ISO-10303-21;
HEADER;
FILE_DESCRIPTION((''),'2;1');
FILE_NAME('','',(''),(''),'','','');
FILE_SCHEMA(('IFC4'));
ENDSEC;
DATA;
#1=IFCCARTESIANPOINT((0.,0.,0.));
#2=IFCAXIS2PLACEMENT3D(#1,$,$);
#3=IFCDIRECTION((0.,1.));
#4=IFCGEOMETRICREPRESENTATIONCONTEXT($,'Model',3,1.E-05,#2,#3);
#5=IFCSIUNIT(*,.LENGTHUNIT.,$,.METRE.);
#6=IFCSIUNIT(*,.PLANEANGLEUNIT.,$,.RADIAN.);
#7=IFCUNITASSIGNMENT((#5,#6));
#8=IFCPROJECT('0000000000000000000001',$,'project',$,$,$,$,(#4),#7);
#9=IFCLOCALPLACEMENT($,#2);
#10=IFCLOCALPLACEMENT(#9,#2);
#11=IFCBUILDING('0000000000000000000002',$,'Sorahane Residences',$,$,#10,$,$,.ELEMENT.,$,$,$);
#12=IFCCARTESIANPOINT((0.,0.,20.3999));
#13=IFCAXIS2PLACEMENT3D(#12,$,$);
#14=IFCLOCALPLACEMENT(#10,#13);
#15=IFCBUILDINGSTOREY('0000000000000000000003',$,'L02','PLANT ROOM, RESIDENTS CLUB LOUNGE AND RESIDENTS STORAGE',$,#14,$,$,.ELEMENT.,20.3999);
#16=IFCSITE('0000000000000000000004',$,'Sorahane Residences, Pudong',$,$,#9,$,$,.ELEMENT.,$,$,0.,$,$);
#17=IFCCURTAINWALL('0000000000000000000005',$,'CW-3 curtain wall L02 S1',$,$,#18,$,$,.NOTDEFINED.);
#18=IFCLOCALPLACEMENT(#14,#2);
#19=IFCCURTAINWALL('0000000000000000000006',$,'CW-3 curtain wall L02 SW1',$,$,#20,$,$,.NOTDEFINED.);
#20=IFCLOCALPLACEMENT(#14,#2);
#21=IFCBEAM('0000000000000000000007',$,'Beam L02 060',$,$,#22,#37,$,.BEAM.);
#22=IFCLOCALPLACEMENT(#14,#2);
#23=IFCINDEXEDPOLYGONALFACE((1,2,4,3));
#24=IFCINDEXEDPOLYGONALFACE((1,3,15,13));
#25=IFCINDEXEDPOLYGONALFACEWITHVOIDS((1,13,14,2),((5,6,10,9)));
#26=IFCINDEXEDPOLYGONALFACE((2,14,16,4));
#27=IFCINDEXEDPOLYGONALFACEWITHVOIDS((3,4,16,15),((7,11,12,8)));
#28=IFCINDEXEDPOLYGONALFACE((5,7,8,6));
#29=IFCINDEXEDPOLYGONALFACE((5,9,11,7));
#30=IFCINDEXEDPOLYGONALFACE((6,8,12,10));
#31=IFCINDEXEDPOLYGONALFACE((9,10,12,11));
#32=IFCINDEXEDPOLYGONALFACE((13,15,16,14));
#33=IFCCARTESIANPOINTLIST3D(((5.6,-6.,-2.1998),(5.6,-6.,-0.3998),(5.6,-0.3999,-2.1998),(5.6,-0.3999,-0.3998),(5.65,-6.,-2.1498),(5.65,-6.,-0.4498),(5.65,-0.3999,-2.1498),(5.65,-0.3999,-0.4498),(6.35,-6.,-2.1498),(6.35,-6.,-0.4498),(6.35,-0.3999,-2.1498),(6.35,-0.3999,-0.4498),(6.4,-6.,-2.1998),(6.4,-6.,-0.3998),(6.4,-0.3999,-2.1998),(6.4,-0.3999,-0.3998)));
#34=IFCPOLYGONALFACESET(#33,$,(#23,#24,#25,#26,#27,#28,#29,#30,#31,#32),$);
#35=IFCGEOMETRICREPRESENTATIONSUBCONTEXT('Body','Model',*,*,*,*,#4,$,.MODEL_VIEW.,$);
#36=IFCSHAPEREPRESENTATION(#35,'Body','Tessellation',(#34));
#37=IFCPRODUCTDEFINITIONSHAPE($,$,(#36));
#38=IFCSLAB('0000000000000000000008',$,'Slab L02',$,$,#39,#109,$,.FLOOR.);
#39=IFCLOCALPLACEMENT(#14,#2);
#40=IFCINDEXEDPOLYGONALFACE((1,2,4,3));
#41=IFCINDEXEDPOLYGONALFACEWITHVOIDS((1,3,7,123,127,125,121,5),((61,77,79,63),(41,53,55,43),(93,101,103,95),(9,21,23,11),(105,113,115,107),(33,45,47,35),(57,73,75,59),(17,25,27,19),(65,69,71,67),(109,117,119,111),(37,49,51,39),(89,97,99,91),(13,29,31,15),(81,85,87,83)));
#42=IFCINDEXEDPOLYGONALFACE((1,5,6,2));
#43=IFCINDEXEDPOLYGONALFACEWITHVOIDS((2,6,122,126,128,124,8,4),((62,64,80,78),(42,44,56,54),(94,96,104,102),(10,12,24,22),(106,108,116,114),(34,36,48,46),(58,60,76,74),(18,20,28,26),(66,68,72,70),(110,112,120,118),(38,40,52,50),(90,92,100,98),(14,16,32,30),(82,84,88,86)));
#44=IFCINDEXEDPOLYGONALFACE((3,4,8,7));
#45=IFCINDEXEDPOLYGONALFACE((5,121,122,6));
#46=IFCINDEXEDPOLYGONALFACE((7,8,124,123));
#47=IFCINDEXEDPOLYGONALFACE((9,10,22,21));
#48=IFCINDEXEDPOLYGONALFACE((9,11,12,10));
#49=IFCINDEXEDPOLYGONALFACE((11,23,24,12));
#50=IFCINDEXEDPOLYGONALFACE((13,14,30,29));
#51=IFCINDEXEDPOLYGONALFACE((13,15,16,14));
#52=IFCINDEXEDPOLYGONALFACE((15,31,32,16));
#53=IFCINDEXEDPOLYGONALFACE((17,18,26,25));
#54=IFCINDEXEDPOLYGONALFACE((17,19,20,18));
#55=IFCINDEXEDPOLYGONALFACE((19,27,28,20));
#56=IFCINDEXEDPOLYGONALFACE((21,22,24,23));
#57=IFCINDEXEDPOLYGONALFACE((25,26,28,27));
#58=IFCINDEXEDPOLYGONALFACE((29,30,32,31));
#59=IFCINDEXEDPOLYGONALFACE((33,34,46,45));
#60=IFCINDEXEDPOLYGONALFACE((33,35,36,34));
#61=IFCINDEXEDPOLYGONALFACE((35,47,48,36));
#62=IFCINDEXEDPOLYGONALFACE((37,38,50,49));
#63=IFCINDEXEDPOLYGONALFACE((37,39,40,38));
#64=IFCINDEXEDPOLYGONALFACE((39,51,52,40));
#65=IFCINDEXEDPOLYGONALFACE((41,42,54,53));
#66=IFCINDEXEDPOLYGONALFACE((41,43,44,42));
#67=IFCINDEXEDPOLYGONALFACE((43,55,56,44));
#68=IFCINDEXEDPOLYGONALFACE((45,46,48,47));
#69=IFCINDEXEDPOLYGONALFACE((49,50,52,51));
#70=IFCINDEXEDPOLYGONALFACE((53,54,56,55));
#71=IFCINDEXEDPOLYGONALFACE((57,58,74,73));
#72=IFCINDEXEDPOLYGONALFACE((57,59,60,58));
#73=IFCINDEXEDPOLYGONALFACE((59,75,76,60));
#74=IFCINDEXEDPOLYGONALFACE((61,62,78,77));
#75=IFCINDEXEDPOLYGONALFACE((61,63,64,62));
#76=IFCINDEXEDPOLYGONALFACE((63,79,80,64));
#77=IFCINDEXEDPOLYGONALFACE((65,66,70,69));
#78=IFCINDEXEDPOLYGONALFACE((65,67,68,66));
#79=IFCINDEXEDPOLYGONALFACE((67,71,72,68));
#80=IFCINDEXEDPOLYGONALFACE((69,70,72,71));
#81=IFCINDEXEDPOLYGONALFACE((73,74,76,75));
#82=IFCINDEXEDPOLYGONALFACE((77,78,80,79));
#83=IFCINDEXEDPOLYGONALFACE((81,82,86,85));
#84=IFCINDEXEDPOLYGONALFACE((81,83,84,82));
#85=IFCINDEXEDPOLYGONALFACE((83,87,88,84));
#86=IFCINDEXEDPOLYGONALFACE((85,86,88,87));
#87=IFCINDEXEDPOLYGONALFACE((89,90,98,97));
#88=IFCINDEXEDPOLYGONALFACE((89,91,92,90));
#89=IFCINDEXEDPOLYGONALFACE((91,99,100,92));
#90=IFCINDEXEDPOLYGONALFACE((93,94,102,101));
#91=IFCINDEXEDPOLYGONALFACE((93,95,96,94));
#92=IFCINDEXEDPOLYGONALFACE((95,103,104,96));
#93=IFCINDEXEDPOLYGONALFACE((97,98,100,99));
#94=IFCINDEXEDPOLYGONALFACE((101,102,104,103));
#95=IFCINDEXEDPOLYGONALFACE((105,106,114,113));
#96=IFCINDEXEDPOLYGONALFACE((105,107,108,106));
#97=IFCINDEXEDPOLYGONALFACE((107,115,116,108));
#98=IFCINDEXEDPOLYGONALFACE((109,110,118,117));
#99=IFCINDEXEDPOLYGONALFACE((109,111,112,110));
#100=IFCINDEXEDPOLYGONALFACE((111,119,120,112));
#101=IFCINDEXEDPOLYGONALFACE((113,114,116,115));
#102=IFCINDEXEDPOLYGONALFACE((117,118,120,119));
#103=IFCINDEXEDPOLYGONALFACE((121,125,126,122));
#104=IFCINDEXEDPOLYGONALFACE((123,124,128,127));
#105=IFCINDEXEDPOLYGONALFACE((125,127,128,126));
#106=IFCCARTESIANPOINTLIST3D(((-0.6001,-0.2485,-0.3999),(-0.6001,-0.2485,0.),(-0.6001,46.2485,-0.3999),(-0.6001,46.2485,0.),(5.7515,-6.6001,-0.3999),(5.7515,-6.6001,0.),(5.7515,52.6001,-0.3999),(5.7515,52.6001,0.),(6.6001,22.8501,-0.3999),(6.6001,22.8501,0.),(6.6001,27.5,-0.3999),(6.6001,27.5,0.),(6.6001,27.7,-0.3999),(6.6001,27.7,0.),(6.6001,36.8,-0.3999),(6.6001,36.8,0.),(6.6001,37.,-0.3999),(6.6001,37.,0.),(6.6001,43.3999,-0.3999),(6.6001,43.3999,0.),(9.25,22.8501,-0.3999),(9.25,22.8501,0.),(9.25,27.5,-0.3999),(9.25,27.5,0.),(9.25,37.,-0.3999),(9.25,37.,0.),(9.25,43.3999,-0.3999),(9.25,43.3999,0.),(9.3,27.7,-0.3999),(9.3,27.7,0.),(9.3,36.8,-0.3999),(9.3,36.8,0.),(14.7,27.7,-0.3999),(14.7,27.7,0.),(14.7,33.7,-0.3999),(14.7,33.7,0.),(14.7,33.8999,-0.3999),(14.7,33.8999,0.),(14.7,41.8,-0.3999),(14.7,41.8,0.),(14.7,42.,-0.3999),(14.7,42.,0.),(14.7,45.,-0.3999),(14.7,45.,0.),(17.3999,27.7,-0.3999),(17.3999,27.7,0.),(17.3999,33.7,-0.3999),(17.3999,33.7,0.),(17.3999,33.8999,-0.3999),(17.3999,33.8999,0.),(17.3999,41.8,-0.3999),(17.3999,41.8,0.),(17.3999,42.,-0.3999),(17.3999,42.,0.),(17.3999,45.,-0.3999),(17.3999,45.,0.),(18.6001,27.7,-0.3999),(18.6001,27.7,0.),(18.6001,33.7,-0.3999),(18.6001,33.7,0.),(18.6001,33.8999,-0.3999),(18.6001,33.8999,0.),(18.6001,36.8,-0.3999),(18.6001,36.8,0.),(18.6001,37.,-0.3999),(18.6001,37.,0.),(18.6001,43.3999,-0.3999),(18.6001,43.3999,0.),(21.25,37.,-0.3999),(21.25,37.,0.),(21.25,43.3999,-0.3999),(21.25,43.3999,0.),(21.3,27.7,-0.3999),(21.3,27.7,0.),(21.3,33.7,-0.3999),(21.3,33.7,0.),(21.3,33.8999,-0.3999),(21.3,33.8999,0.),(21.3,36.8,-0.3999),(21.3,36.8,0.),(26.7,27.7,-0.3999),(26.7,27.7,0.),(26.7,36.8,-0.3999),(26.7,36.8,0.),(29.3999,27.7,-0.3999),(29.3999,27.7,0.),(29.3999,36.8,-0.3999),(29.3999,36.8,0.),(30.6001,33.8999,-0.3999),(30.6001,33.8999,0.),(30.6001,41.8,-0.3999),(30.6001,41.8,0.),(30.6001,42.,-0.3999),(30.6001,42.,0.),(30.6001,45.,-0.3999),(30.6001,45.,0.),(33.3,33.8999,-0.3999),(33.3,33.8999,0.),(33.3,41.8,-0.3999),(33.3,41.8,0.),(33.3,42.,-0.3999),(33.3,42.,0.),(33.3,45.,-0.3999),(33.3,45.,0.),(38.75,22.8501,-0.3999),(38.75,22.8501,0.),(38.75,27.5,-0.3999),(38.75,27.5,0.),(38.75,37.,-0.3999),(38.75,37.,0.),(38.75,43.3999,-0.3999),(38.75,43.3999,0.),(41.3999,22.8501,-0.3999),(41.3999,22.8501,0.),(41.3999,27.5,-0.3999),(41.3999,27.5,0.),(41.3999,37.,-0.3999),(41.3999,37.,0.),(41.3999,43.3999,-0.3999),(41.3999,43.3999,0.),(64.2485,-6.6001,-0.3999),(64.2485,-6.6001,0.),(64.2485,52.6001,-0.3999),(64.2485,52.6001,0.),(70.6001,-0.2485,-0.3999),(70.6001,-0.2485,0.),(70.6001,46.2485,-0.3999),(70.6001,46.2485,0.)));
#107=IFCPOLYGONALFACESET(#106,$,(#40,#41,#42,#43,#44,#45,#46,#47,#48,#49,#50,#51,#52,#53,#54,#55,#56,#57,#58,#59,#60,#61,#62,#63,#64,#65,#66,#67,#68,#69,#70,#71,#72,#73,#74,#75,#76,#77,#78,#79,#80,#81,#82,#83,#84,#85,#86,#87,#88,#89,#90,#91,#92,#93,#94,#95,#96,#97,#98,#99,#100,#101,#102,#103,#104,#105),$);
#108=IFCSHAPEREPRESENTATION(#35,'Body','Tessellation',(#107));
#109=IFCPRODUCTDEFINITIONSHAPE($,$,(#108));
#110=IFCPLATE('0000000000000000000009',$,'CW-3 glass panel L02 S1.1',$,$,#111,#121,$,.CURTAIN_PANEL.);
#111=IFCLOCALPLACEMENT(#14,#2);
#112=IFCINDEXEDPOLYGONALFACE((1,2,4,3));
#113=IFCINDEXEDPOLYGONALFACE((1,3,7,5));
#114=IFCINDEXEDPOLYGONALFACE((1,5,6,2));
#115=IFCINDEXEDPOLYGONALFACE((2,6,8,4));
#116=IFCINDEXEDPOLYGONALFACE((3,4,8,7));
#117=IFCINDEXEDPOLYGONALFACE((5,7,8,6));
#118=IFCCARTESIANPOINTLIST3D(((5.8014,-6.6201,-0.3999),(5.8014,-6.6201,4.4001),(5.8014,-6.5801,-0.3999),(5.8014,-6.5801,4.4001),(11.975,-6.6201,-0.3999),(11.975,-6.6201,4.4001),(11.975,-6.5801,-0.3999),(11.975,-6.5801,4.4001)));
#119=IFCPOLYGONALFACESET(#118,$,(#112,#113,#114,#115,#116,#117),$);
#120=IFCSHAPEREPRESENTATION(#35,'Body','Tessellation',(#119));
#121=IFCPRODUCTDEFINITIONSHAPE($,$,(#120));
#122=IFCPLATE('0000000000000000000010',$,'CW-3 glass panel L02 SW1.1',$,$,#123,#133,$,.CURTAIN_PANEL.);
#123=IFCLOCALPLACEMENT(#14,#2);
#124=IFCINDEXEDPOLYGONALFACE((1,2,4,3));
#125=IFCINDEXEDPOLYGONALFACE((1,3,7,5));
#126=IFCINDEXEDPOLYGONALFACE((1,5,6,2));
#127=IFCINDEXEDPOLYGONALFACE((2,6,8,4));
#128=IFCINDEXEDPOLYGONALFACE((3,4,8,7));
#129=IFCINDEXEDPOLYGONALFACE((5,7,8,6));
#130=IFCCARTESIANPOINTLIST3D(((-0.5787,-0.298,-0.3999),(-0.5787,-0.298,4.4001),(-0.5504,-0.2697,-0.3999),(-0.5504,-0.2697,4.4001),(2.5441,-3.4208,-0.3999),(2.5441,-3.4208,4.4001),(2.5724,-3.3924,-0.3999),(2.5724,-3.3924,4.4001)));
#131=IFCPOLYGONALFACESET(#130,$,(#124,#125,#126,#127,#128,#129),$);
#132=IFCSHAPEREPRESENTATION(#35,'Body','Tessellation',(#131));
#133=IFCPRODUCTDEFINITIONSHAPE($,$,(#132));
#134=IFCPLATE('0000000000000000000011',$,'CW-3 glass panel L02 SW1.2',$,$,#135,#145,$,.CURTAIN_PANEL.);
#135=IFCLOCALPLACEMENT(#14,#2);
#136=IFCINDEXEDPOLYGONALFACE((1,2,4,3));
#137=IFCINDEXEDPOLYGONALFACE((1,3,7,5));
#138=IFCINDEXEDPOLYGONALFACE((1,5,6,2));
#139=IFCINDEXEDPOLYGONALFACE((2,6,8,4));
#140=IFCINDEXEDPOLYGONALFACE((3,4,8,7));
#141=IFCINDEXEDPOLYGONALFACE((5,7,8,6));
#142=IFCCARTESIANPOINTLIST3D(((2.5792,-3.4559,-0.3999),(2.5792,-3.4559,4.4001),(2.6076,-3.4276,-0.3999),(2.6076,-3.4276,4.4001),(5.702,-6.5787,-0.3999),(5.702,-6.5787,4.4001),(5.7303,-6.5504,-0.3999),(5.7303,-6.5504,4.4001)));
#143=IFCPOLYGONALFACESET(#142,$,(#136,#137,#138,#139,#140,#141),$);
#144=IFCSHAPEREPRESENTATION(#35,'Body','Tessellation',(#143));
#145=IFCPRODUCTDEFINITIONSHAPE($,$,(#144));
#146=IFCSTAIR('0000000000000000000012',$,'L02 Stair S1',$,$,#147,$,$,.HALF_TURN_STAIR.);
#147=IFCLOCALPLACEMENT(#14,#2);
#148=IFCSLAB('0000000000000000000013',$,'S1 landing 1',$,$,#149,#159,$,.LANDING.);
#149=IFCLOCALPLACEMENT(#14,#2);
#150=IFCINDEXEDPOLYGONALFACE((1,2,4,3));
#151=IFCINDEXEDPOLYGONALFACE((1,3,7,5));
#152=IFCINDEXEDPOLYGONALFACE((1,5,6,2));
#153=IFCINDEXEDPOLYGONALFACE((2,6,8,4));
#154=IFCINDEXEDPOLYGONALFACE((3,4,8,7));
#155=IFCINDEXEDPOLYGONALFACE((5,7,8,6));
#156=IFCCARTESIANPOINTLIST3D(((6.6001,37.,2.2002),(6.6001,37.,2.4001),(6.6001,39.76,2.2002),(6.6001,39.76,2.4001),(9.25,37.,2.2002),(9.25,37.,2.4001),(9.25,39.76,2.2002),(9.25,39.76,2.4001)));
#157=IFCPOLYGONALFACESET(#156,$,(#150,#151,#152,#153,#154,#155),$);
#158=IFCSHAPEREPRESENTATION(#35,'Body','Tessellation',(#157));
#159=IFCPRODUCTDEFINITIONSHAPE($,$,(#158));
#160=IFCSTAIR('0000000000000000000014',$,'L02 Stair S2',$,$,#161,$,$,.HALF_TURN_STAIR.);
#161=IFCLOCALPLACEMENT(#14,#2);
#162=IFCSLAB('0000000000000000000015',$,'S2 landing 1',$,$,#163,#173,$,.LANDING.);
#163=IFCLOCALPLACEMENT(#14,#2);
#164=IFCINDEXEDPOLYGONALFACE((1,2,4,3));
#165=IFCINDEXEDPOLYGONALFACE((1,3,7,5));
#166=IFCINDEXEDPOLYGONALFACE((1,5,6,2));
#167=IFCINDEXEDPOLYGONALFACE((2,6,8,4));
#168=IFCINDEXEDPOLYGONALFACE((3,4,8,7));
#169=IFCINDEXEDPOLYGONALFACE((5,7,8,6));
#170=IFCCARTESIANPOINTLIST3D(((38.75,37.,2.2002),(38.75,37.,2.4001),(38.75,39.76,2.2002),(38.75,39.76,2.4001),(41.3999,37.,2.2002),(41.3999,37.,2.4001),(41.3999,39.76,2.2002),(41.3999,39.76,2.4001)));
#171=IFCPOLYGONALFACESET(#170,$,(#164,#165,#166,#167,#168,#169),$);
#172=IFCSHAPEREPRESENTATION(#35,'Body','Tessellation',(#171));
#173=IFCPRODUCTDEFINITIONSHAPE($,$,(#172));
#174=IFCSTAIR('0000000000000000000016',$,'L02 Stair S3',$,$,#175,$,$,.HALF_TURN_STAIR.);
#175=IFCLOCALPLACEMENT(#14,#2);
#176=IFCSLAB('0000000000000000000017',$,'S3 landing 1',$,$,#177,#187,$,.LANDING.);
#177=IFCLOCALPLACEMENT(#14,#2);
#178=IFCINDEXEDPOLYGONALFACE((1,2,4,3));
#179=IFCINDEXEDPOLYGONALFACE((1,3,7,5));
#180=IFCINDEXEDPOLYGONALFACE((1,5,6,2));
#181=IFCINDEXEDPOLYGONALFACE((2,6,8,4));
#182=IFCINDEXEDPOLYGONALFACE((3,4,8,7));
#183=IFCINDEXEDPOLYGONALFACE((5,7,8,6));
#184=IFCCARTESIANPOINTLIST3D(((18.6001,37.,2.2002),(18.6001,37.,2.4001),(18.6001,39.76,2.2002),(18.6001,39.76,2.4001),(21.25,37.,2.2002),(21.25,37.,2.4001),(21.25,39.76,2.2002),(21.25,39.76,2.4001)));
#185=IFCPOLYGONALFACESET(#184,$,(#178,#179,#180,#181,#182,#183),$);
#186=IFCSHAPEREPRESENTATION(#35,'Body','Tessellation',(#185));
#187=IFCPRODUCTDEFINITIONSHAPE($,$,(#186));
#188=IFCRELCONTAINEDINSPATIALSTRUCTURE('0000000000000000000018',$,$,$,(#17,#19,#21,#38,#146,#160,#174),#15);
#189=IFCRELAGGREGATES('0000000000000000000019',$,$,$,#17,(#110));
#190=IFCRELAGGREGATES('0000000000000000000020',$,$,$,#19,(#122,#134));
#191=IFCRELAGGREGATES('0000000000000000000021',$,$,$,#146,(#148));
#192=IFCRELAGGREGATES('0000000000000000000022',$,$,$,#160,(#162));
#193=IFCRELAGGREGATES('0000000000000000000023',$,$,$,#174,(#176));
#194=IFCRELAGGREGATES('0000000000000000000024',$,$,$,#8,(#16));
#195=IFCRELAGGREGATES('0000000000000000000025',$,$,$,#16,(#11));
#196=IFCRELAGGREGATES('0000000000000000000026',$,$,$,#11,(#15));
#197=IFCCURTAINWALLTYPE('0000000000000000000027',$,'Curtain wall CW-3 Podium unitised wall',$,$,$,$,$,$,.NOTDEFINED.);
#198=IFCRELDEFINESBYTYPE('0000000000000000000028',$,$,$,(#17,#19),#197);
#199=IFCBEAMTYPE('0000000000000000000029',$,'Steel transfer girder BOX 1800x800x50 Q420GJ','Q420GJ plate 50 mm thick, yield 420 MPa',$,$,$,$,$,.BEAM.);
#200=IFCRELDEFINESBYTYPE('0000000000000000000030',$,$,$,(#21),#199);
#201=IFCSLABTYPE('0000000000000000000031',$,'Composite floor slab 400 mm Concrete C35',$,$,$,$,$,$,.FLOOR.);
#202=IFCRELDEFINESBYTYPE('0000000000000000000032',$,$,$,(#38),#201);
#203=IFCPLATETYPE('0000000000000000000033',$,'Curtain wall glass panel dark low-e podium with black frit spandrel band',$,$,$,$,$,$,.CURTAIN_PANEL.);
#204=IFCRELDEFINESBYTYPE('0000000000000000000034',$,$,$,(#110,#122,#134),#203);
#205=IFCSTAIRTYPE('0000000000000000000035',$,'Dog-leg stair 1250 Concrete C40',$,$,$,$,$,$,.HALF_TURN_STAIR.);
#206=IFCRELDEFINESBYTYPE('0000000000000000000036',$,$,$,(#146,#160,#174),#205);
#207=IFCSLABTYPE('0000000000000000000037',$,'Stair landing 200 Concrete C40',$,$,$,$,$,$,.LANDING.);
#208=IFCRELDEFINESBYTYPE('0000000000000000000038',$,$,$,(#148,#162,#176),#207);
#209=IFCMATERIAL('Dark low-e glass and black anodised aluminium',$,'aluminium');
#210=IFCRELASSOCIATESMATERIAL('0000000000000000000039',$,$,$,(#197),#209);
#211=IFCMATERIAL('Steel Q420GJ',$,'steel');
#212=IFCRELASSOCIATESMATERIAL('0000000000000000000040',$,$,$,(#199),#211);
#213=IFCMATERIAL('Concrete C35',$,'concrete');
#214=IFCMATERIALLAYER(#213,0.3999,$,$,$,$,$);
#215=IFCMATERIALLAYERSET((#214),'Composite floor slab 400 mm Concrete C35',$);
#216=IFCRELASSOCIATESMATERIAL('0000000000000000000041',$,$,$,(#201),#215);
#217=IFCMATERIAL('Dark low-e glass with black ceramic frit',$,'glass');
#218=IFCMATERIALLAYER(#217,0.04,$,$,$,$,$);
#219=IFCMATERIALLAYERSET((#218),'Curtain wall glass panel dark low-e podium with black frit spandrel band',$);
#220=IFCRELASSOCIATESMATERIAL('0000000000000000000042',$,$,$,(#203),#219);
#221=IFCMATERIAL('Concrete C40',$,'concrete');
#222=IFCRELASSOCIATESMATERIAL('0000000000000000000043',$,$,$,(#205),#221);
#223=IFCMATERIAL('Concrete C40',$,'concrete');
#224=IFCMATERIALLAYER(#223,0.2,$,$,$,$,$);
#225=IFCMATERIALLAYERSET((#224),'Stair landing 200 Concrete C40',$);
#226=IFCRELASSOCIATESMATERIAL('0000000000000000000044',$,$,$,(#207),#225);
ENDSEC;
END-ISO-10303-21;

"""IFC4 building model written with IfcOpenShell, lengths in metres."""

from ifc_helpers import new_model, si_unit, direction, frame, origin, origin_2d, place, context, subcontext, project, spatial, polyline, rectangle, hollow_rectangle, outline, extrude, material, layer, layer_set, material_profile, profile_set, type_object, element, aggregate, save


model = new_model("IFC4")

# Units and contexts
model_context = context("Model", 3, precision=1e-05, world=origin(), true_north=direction((0.0, 1.0)))
body_context = subcontext(model_context, "Body", "Model", "MODEL_VIEW")
ifc_project = project(units=[si_unit("LENGTHUNIT", "METRE"), si_unit("PLANEANGLEUNIT", "RADIAN")], contexts=[model_context])

# Site, building, storey
site_placement = place(None, origin())
site = spatial("IfcSite", under=ifc_project, at=site_placement, Name="Sorahane Residences, Pudong", CompositionType="ELEMENT", RefElevation=0.0)
building_placement = place(site_placement, origin())
building = spatial("IfcBuilding", under=site, at=building_placement, Name="Sorahane Residences", CompositionType="ELEMENT")
storey_placement = place(building_placement, frame((0.0, 0.0, 20.3999)))
storey = spatial("IfcBuildingStorey", under=building, at=storey_placement, Name="L02", Description="PLANT ROOM, RESIDENTS CLUB LOUNGE AND RESIDENTS STORAGE", CompositionType="ELEMENT", Elevation=20.3999)

# Curtain wall
ifc_material_1 = material(Name="Dark low-e glass and black anodised aluminium", Category="aluminium")
curtain_wall_type = type_object("IfcCurtainWallType", Name="Curtain wall CW-3 Podium unitised wall", PredefinedType="NOTDEFINED", material=ifc_material_1)
curtain_wall_1_placement = place(storey_placement, origin())
curtain_wall_1 = element("IfcCurtainWall", 1, at=curtain_wall_1_placement, inside=storey, type_object=curtain_wall_type, Name="CW-3 curtain wall L02 S1", PredefinedType="NOTDEFINED")

# Curtain wall
curtain_wall_2_placement = place(storey_placement, origin())
curtain_wall_2 = element("IfcCurtainWall", 2, at=curtain_wall_2_placement, inside=storey, type_object=curtain_wall_type, Name="CW-3 curtain wall L02 SW1", PredefinedType="NOTDEFINED")

# Beam
ifc_material_2 = material(Name="Steel Q420GJ", Category="steel")
ifc_material_profile_1 = material_profile(ifc_material_2, hollow_rectangle(XDim=0.8, YDim=1.8, WallThickness=0.05, at=origin_2d()), Name="BOX 1800x800x50")
ifc_profile_set_1 = profile_set([ifc_material_profile_1], Name="Steel Q420GJ")
beam_type = type_object("IfcBeamType", Name="Steel transfer girder BOX 1800x800x50 Q420GJ", Description="Q420GJ plate 50 mm thick, yield 420 MPa", PredefinedType="BEAM", material=ifc_profile_set_1)
beam_1_placement = place(storey_placement, frame((6.0, -6.0, -1.2998), z_axis=(0.0, 1.0, 0.0), x_axis=(-1.0, 0.0, 0.0)))
element("IfcBeam", 3, at=beam_1_placement, inside=storey, type_object=beam_type, Name="Beam L02 060", PredefinedType="BEAM", context=body_context, shape_type="SweptSolid", body=[
    extrude(hollow_rectangle(XDim=0.8, YDim=1.8, WallThickness=0.05, at=origin_2d()), origin(), (0.0, 0.0, 1.0), 5.6001),
])

# Slab
ifc_material_3 = material(Name="Concrete C35", Category="concrete")
ifc_layer_1 = layer(ifc_material_3, 0.3999)
ifc_layer_set_1 = layer_set([ifc_layer_1], Name="Composite floor slab 400 mm Concrete C35")
slab_type_1 = type_object("IfcSlabType", Name="Composite floor slab 400 mm Concrete C35", PredefinedType="FLOOR", material=ifc_layer_set_1)
slab_1_placement = place(storey_placement, frame((0.0, 0.0, -0.3999)))
element("IfcSlab", 4, at=slab_1_placement, inside=storey, type_object=slab_type_1, Name="Slab L02", PredefinedType="FLOOR", context=body_context, shape_type="SweptSolid", body=[
    extrude(outline(polyline([(5.7515, -6.6001), (-0.6001, -0.2485), (-0.6001, 46.2485), (5.7515, 52.6001), (64.2485, 52.6001), (70.6001, 46.2485), (70.6001, -0.2485), (64.2485, -6.6001), (5.7515, -6.6001)]), holes=[polyline([(18.6001, 27.7), (21.3, 27.7), (21.3, 33.7), (18.6001, 33.7), (18.6001, 27.7)]), polyline([(30.6001, 42.0), (33.3, 42.0), (33.3, 45.0), (30.6001, 45.0), (30.6001, 42.0)]), polyline([(14.7, 27.7), (17.3999, 27.7), (17.3999, 33.7), (14.7, 33.7), (14.7, 27.7)]), polyline([(14.7, 42.0), (17.3999, 42.0), (17.3999, 45.0), (14.7, 45.0), (14.7, 42.0)]), polyline([(6.6001, 27.7), (9.3, 27.7), (9.3, 36.8), (6.6001, 36.8), (6.6001, 27.7)]), polyline([(6.6001, 43.3999), (6.6001, 37.0), (9.25, 37.0), (9.25, 43.3999), (6.6001, 43.3999)]), polyline([(38.75, 43.3999), (38.75, 37.0), (41.3999, 37.0), (41.3999, 43.3999), (38.75, 43.3999)]), polyline([(18.6001, 43.3999), (18.6001, 37.0), (21.25, 37.0), (21.25, 43.3999), (18.6001, 43.3999)]), polyline([(9.25, 22.8501), (9.25, 27.5), (6.6001, 27.5), (6.6001, 22.8501), (9.25, 22.8501)]), polyline([(41.3999, 22.8501), (41.3999, 27.5), (38.75, 27.5), (38.75, 22.8501), (41.3999, 22.8501)]), polyline([(14.7, 33.8999), (17.3999, 33.8999), (17.3999, 41.8), (14.7, 41.8), (14.7, 33.8999)]), polyline([(30.6001, 33.8999), (33.3, 33.8999), (33.3, 41.8), (30.6001, 41.8), (30.6001, 33.8999)]), polyline([(18.6001, 33.8999), (21.3, 33.8999), (21.3, 36.8), (18.6001, 36.8), (18.6001, 33.8999)]), polyline([(26.7, 27.7), (29.3999, 27.7), (29.3999, 36.8), (26.7, 36.8), (26.7, 27.7)])]), origin(), (0.0, 0.0, 1.0), 0.3999),
])

# Plates
ifc_material_4 = material(Name="Dark low-e glass with black ceramic frit", Category="glass")
ifc_layer_2 = layer(ifc_material_4, 0.04)
ifc_layer_set_2 = layer_set([ifc_layer_2], Name="Curtain wall glass panel dark low-e podium with black frit spandrel band")
plate_type = type_object("IfcPlateType", Name="Curtain wall glass panel dark low-e podium with black frit spandrel band", PredefinedType="CURTAIN_PANEL", material=ifc_layer_set_2)
plate_1_placement = place(storey_placement, frame((8.8882, -6.6001, -0.3999), z_axis=(0.0, 0.0, 1.0), x_axis=(1.0, 0.0, 0.0)))
plate_1 = element("IfcPlate", 5, at=plate_1_placement, type_object=plate_type, Name="CW-3 glass panel L02 S1.1", PredefinedType="CURTAIN_PANEL", context=body_context, shape_type="SweptSolid", body=[
    extrude(rectangle(XDim=6.1736, YDim=0.04, at=origin_2d()), origin(), (0.0, 0.0, 1.0), 4.8),
])
aggregate(curtain_wall_1, [plate_1])
plate_2_placement = place(storey_placement, frame((0.9968, -1.8452, -0.3999), z_axis=(0.0, 0.0, 1.0), x_axis=(0.707107, -0.707107, 0.0)))
plate_2 = element("IfcPlate", 6, at=plate_2_placement, type_object=plate_type, Name="CW-3 glass panel L02 SW1.1", PredefinedType="CURTAIN_PANEL", context=body_context, shape_type="SweptSolid", body=[
    extrude(rectangle(XDim=4.4163, YDim=0.04, at=origin_2d()), origin(), (0.0, 0.0, 1.0), 4.8),
])
plate_3_placement = place(storey_placement, frame((4.1548, -5.0032, -0.3999), z_axis=(0.0, 0.0, 1.0), x_axis=(0.707107, -0.707107, 0.0)))
plate_3 = element("IfcPlate", 7, at=plate_3_placement, type_object=plate_type, Name="CW-3 glass panel L02 SW1.2", PredefinedType="CURTAIN_PANEL", context=body_context, shape_type="SweptSolid", body=[
    extrude(rectangle(XDim=4.4163, YDim=0.04, at=origin_2d()), origin(), (0.0, 0.0, 1.0), 4.8),
])
aggregate(curtain_wall_2, [plate_2, plate_3])

# Stairs, slabs
ifc_material_5 = material(Name="Concrete C40", Category="concrete")
stair_type = type_object("IfcStairType", Name="Dog-leg stair 1250 Concrete C40", PredefinedType="HALF_TURN_STAIR", material=ifc_material_5)
stair_1_placement = place(storey_placement, origin())
stair_1 = element("IfcStair", 8, at=stair_1_placement, inside=storey, type_object=stair_type, Name="L02 Stair S1", PredefinedType="HALF_TURN_STAIR")
ifc_material_6 = material(Name="Concrete C40", Category="concrete")
ifc_layer_3 = layer(ifc_material_6, 0.2)
ifc_layer_set_3 = layer_set([ifc_layer_3], Name="Stair landing 200 Concrete C40")
slab_type_2 = type_object("IfcSlabType", Name="Stair landing 200 Concrete C40", PredefinedType="LANDING", material=ifc_layer_set_3)
slab_2_placement = place(storey_placement, frame((0.0, 0.0, 2.2002)))
slab_2 = element("IfcSlab", 9, at=slab_2_placement, type_object=slab_type_2, Name="S1 landing 1", PredefinedType="LANDING", context=body_context, shape_type="SweptSolid", body=[
    extrude(outline(polyline([(6.6001, 39.76), (6.6001, 37.0), (9.25, 37.0), (9.25, 39.76), (6.6001, 39.76)])), origin(), (0.0, 0.0, 1.0), 0.2),
])
aggregate(stair_1, [slab_2])
stair_2_placement = place(storey_placement, origin())
stair_2 = element("IfcStair", 10, at=stair_2_placement, inside=storey, type_object=stair_type, Name="L02 Stair S2", PredefinedType="HALF_TURN_STAIR")
slab_3_placement = place(storey_placement, frame((0.0, 0.0, 2.2002)))
slab_3 = element("IfcSlab", 11, at=slab_3_placement, type_object=slab_type_2, Name="S2 landing 1", PredefinedType="LANDING", context=body_context, shape_type="SweptSolid", body=[
    extrude(outline(polyline([(38.75, 39.76), (38.75, 37.0), (41.3999, 37.0), (41.3999, 39.76), (38.75, 39.76)])), origin(), (0.0, 0.0, 1.0), 0.2),
])
aggregate(stair_2, [slab_3])
stair_3_placement = place(storey_placement, origin())
stair_3 = element("IfcStair", 12, at=stair_3_placement, inside=storey, type_object=stair_type, Name="L02 Stair S3", PredefinedType="HALF_TURN_STAIR")
slab_4_placement = place(storey_placement, frame((0.0, 0.0, 2.2002)))
slab_4 = element("IfcSlab", 13, at=slab_4_placement, type_object=slab_type_2, Name="S3 landing 1", PredefinedType="LANDING", context=body_context, shape_type="SweptSolid", body=[
    extrude(outline(polyline([(18.6001, 39.76), (18.6001, 37.0), (21.25, 37.0), (21.25, 39.76), (18.6001, 39.76)])), origin(), (0.0, 0.0, 1.0), 0.2),
])
aggregate(stair_3, [slab_4])

save(model, "model.ifc")
